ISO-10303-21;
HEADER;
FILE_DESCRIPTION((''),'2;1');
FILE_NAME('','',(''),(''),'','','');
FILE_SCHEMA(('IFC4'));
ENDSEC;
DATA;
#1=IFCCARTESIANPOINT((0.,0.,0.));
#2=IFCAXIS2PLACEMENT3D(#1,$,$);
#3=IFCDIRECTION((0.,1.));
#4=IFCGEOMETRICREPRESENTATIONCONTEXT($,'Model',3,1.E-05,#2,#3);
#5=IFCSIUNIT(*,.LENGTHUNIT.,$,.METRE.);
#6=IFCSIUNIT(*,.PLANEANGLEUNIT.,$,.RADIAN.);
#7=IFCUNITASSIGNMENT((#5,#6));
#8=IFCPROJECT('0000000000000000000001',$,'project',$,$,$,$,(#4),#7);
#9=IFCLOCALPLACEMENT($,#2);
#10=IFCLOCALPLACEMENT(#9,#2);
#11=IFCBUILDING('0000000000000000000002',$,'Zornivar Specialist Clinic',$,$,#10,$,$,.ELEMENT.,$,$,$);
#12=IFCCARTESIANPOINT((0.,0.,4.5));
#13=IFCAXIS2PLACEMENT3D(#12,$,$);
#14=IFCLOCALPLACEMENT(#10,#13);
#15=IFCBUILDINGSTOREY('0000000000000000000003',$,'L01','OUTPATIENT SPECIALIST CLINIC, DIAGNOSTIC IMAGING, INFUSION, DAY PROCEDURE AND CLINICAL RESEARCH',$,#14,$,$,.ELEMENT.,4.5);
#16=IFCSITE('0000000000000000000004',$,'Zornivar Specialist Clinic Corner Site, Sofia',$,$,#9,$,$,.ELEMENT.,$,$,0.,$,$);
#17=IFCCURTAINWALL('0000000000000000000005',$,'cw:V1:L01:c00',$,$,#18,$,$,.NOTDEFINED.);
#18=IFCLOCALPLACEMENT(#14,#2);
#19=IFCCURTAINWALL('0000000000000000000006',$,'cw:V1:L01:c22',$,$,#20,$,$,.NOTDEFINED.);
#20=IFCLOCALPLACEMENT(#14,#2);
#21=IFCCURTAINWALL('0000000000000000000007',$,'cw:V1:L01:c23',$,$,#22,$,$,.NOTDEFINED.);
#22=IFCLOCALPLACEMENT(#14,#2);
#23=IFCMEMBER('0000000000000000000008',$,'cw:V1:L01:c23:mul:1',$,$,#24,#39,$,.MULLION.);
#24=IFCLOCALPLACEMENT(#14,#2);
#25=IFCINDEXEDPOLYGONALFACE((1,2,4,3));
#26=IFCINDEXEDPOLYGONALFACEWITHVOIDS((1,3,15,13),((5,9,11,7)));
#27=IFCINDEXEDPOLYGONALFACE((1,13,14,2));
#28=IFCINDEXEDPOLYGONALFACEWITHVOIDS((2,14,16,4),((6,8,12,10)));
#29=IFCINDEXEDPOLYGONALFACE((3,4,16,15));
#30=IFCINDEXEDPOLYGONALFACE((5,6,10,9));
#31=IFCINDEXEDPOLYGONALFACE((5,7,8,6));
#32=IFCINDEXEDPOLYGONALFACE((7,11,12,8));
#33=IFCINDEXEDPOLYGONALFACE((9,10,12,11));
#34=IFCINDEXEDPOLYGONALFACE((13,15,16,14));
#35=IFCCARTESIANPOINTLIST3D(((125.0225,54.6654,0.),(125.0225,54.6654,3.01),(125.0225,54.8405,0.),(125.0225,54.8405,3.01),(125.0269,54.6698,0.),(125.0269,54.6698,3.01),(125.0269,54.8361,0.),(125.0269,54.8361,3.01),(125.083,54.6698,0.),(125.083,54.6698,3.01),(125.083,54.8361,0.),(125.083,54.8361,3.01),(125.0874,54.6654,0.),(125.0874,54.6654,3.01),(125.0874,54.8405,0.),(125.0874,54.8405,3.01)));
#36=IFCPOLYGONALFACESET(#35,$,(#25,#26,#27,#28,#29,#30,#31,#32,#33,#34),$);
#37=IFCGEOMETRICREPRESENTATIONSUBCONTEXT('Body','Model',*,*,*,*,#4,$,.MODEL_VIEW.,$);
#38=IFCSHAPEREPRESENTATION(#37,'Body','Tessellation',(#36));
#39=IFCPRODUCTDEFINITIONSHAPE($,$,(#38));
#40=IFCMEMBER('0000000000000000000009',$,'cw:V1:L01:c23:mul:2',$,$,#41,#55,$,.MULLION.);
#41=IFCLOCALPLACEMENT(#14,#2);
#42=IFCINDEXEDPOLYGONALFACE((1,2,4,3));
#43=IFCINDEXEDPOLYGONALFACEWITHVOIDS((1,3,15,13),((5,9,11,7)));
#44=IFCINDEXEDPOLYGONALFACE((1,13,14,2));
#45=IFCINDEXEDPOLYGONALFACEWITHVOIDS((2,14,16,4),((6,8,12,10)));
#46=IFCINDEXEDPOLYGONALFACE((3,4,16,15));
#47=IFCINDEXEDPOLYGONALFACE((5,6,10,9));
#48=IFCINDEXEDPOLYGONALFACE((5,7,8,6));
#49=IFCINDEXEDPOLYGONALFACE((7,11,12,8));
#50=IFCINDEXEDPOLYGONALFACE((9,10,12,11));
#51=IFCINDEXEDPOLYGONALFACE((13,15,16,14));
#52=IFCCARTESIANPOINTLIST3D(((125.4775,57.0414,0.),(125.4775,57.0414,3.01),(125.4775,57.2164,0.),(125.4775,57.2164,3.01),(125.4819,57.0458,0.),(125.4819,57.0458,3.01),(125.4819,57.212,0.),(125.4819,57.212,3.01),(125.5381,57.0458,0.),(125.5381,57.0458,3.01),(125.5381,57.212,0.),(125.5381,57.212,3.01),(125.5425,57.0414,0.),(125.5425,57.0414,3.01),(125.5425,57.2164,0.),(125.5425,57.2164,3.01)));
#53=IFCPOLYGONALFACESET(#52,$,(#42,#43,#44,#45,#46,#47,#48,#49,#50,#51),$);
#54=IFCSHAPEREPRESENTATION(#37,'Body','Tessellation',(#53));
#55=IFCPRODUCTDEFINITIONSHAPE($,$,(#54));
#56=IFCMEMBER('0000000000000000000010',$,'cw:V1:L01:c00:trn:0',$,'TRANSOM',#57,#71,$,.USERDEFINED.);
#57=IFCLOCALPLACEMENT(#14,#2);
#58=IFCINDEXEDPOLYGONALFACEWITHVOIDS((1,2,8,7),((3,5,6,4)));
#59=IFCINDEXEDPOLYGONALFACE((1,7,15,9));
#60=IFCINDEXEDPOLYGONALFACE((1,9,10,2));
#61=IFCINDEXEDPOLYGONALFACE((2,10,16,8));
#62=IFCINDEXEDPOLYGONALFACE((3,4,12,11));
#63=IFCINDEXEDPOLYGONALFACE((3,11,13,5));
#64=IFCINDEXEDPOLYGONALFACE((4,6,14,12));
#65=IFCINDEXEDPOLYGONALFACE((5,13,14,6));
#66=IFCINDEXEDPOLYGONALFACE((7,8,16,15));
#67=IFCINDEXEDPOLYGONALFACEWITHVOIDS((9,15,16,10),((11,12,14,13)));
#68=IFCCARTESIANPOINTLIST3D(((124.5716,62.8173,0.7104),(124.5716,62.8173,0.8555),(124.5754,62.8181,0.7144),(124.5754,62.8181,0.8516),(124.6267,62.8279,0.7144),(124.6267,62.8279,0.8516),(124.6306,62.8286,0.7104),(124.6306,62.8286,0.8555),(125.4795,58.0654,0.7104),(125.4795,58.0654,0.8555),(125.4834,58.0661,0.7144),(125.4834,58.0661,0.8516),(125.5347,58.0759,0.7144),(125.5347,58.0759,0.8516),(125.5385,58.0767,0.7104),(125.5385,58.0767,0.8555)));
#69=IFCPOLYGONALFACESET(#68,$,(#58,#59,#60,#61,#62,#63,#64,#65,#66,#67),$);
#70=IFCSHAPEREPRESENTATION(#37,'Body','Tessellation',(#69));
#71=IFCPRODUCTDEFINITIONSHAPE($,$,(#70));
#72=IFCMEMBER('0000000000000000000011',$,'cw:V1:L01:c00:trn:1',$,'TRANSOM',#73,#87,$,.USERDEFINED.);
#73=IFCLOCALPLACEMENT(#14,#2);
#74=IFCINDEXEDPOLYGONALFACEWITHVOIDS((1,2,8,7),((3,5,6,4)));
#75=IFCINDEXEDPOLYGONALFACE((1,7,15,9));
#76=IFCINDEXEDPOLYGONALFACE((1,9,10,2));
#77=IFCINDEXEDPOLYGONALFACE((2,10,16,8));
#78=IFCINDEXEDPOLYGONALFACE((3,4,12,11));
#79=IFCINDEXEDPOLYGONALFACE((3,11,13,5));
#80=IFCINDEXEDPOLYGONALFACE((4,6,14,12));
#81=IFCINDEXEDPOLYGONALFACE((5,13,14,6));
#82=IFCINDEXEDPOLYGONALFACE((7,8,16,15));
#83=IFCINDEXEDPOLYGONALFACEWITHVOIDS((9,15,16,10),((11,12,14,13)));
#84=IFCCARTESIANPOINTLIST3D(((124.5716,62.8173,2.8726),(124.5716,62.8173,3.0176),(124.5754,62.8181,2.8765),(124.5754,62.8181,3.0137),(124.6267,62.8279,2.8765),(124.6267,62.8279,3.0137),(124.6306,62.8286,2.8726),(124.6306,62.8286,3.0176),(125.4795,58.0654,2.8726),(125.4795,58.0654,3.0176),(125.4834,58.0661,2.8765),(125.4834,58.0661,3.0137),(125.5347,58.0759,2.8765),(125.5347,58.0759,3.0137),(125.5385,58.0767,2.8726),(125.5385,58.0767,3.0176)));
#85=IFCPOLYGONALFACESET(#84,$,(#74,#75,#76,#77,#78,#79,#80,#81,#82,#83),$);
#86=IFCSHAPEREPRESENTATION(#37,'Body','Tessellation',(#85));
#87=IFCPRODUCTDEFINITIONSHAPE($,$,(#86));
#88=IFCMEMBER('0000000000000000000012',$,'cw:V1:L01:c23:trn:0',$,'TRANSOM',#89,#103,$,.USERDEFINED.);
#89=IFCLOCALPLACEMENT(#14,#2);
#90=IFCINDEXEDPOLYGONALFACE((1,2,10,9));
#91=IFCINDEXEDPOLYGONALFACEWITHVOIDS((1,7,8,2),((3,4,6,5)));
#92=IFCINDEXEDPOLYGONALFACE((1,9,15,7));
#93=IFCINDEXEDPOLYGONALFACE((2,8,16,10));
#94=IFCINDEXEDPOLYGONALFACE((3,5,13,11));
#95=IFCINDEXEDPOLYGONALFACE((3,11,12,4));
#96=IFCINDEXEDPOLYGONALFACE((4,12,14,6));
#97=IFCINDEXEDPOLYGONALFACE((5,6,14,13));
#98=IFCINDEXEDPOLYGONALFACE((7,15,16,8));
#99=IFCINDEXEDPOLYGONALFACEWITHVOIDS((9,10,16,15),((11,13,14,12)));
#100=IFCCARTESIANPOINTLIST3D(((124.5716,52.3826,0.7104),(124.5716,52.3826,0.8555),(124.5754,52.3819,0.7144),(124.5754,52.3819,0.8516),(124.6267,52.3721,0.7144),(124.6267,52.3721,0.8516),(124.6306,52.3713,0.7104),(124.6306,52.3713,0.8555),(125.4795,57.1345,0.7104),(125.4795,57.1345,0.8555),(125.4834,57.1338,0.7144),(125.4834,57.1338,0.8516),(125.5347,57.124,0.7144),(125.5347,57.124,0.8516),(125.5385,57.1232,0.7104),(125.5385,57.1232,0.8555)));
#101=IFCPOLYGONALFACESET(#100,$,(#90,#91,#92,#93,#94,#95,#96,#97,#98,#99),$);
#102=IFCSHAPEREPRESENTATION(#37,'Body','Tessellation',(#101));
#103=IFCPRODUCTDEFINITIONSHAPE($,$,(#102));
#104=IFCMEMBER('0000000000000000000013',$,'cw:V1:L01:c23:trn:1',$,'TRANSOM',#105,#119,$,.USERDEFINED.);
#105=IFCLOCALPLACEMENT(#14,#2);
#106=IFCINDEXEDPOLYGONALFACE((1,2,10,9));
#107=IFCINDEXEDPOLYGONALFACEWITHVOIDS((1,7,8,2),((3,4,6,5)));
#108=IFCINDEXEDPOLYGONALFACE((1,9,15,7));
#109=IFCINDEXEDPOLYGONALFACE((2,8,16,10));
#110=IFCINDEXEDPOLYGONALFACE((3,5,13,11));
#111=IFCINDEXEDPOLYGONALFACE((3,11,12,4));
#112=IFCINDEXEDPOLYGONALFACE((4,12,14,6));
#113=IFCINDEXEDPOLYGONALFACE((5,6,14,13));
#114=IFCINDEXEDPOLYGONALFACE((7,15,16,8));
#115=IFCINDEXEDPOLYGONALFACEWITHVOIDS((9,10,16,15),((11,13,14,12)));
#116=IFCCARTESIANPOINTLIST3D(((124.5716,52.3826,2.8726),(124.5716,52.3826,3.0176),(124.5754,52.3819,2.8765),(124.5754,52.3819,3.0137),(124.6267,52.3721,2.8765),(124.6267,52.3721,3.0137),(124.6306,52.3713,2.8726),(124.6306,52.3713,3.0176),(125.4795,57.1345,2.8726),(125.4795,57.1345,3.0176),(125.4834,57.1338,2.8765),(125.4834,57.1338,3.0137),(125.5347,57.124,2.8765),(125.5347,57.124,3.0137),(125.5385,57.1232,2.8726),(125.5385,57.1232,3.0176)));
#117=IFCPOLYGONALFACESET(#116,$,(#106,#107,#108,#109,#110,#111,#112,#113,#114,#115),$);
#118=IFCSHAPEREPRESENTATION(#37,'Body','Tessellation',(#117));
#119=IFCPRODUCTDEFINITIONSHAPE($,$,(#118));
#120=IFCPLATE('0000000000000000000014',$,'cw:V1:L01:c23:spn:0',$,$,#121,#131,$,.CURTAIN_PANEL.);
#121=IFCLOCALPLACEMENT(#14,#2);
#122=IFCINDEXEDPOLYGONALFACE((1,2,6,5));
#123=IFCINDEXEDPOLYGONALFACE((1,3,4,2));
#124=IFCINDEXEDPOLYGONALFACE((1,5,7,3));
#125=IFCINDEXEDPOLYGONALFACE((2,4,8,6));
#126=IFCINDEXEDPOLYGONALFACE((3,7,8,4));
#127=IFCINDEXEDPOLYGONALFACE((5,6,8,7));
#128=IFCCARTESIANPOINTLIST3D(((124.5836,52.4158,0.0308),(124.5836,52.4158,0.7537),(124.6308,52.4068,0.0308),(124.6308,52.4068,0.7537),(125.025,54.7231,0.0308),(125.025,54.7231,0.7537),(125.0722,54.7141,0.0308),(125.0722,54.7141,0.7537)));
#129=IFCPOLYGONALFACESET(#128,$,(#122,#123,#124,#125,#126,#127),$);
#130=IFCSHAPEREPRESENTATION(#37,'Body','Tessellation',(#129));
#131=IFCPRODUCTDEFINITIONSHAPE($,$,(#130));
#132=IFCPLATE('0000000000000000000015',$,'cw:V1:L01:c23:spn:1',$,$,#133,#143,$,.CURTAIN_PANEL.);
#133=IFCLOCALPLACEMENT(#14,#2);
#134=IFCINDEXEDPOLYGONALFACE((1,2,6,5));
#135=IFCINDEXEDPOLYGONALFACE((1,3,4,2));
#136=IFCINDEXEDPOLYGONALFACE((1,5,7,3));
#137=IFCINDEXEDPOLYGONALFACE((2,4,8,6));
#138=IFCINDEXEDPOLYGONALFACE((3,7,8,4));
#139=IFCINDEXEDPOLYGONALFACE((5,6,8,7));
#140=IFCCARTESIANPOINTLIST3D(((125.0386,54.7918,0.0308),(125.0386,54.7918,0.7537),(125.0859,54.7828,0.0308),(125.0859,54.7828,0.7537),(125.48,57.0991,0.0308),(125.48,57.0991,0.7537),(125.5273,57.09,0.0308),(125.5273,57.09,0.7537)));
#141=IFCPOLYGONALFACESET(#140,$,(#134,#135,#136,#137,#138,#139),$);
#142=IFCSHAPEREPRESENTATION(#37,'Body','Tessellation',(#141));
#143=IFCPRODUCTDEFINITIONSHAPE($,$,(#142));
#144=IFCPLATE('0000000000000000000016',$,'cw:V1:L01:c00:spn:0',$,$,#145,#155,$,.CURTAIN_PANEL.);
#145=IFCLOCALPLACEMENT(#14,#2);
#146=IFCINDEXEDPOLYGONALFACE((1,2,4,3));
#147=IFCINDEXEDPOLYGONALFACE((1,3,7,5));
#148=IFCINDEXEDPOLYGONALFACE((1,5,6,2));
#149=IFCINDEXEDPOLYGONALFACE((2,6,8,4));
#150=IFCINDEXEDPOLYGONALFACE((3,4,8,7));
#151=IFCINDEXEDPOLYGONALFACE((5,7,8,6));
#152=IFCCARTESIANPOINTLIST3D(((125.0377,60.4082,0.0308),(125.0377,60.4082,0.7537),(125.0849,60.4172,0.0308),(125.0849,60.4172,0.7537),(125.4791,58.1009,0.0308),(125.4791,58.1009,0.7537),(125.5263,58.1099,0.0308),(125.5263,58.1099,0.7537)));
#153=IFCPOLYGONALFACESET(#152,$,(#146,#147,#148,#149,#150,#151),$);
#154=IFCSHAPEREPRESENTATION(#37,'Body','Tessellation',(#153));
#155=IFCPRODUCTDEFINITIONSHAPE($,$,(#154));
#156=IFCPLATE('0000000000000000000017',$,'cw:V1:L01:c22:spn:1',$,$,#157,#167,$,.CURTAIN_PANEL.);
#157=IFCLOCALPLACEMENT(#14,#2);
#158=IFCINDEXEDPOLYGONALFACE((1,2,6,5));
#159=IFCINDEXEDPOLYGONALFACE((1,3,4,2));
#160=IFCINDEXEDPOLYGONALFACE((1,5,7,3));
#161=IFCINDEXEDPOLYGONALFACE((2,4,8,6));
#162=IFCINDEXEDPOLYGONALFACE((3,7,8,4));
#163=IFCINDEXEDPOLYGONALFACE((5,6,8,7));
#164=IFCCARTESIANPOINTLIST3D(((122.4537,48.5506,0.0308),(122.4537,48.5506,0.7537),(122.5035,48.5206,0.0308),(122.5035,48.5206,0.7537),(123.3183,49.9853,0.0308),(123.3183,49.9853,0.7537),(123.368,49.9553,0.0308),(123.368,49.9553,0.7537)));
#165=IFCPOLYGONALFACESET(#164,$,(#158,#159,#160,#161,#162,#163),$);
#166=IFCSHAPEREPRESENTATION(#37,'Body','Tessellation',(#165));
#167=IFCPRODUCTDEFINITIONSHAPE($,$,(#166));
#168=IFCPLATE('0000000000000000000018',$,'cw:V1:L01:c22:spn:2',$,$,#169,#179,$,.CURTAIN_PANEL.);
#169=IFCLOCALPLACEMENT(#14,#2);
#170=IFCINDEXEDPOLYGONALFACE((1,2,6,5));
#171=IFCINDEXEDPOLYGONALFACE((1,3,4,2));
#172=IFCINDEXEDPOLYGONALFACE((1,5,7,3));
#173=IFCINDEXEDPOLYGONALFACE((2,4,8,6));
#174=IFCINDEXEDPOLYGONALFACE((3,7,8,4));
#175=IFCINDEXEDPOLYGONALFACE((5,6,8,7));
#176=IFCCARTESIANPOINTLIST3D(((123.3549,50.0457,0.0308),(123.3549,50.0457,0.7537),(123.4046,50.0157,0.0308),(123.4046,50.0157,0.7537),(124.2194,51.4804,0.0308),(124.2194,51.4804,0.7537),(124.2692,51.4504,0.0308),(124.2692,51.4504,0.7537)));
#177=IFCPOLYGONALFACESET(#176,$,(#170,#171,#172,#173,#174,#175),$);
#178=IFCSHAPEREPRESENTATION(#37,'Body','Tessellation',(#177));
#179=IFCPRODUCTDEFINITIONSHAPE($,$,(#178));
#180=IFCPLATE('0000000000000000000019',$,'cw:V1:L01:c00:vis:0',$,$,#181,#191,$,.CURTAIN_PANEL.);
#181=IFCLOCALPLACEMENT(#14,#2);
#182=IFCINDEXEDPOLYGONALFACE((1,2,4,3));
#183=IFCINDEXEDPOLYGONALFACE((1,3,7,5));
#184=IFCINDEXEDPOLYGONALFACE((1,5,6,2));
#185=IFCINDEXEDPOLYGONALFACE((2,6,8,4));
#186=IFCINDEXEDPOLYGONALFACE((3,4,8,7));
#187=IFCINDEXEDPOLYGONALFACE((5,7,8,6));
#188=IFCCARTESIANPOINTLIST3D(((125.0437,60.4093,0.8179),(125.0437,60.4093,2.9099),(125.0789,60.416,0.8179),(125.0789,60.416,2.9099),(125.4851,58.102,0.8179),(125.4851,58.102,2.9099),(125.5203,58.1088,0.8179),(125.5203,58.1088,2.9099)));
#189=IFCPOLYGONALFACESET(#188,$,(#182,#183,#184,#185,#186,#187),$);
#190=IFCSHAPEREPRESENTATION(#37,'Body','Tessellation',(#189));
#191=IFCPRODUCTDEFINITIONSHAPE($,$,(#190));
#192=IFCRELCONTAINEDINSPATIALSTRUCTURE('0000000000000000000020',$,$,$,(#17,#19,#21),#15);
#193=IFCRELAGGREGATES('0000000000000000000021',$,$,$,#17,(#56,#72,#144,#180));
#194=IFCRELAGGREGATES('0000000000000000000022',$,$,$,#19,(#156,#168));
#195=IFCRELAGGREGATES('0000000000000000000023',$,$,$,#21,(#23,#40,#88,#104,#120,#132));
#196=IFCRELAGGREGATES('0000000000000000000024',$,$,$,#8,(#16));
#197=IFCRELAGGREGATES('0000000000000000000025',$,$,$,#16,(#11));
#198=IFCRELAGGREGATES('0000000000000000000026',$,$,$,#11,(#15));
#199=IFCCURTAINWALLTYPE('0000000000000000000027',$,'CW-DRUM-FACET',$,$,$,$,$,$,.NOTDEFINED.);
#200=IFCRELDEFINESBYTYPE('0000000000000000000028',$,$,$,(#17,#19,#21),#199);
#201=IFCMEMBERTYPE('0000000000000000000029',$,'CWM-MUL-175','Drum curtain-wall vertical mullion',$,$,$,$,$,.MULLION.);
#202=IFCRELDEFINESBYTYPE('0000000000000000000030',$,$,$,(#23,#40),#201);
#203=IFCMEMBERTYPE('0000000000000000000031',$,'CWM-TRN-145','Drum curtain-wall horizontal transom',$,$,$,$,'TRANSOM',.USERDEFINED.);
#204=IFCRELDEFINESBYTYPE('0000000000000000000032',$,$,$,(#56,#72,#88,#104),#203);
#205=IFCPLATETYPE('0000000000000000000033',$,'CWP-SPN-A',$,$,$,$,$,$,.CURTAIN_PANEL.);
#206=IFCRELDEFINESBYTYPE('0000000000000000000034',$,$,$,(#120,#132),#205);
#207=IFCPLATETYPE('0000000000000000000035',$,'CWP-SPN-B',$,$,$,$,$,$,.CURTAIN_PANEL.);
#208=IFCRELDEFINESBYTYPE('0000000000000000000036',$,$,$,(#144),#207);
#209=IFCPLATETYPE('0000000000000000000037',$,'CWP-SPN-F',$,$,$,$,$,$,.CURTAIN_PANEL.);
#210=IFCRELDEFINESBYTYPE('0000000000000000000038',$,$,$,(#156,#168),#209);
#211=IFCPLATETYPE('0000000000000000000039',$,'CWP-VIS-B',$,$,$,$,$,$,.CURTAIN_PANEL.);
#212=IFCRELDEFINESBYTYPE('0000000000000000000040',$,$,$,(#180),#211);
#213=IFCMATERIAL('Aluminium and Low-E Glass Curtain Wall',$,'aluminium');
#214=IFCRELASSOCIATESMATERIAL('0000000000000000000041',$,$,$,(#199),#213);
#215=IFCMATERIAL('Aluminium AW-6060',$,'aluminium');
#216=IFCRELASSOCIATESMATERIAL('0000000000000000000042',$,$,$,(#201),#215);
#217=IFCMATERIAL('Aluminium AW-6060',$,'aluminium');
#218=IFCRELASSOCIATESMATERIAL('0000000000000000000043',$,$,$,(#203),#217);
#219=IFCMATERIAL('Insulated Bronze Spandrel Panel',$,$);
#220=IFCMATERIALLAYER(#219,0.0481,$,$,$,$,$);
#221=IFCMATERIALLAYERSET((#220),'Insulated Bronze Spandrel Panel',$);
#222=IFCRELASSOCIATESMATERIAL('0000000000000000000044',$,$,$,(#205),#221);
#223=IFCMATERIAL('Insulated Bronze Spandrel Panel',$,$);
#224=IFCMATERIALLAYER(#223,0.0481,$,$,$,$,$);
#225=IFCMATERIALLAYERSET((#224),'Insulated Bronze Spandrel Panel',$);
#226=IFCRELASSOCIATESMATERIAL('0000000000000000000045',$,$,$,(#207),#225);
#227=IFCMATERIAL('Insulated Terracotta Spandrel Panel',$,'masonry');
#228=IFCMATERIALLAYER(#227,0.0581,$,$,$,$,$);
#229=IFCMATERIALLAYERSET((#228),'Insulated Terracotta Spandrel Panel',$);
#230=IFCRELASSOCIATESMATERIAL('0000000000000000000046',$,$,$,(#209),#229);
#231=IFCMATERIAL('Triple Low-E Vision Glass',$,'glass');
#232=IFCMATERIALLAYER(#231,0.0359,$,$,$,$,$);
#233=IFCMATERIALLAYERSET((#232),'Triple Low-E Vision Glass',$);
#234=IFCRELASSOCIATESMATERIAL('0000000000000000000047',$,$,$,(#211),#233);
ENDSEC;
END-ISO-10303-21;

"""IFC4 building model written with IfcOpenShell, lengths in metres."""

from ifc_helpers import new_model, si_unit, direction, frame, origin, origin_2d, place, context, subcontext, project, spatial, rectangle, hollow_rectangle, extrude, material, layer, layer_set, material_profile, profile_set, type_object, element, aggregate, save


model = new_model("IFC4")

# Units and contexts
model_context = context("Model", 3, precision=1e-05, world=origin(), true_north=direction((0.0, 1.0)))
body_context = subcontext(model_context, "Body", "Model", "MODEL_VIEW")
ifc_project = project(units=[si_unit("LENGTHUNIT", "METRE"), si_unit("PLANEANGLEUNIT", "RADIAN")], contexts=[model_context])

# Site, building, storey
site_placement = place(None, origin())
site = spatial("IfcSite", under=ifc_project, at=site_placement, Name="Zornivar Specialist Clinic Corner Site, Sofia", CompositionType="ELEMENT", RefElevation=0.0)
building_placement = place(site_placement, origin())
building = spatial("IfcBuilding", under=site, at=building_placement, Name="Zornivar Specialist Clinic", CompositionType="ELEMENT")
storey_placement = place(building_placement, frame((0.0, 0.0, 4.5)))
storey = spatial("IfcBuildingStorey", under=building, at=storey_placement, Name="L01", Description="OUTPATIENT SPECIALIST CLINIC, DIAGNOSTIC IMAGING, INFUSION, DAY PROCEDURE AND CLINICAL RESEARCH", CompositionType="ELEMENT", Elevation=4.5)

# Curtain walls, members
ifc_material_1 = material(Name="Aluminium and Low-E Glass Curtain Wall", Category="aluminium")
curtain_wall_type = type_object("IfcCurtainWallType", Name="CW-DRUM-FACET", PredefinedType="NOTDEFINED", material=ifc_material_1)
curtain_wall_1_placement = place(storey_placement, origin())
curtain_wall_1 = element("IfcCurtainWall", 1, at=curtain_wall_1_placement, inside=storey, type_object=curtain_wall_type, Name="cw:V1:L01:c00", PredefinedType="NOTDEFINED")
ifc_material_2 = material(Name="Aluminium AW-6060", Category="aluminium")
ifc_material_profile_1 = material_profile(ifc_material_2, hollow_rectangle(XDim=0.0649, YDim=0.175, WallThickness=0.0044, at=origin_2d()), Name="ALU 65x175x4.5")
ifc_profile_set_1 = profile_set([ifc_material_profile_1], Name="Aluminium AW-6060")
member_type_1 = type_object("IfcMemberType", Name="CWM-MUL-175", Description="Drum curtain-wall vertical mullion", PredefinedType="MULLION", material=ifc_profile_set_1)
curtain_wall_2_placement = place(storey_placement, origin())
curtain_wall_2 = element("IfcCurtainWall", 2, at=curtain_wall_2_placement, inside=storey, type_object=curtain_wall_type, Name="cw:V1:L01:c22", PredefinedType="NOTDEFINED")
curtain_wall_3_placement = place(storey_placement, origin())
curtain_wall_3 = element("IfcCurtainWall", 3, at=curtain_wall_3_placement, inside=storey, type_object=curtain_wall_type, Name="cw:V1:L01:c23", PredefinedType="NOTDEFINED")
member_1_placement = place(storey_placement, frame((125.0549, 54.7529, 0.0), z_axis=(0.0, 0.0, 1.0), x_axis=(1.0, 0.0, 0.0)))
member_1 = element("IfcMember", 4, at=member_1_placement, type_object=member_type_1, Name="cw:V1:L01:c23:mul:1", PredefinedType="MULLION", context=body_context, shape_type="SweptSolid", body=[
    extrude(hollow_rectangle(XDim=0.0649, YDim=0.175, WallThickness=0.0044, at=origin_2d()), origin(), (0.0, 0.0, 1.0), 3.01),
])
member_2_placement = place(storey_placement, frame((125.51, 57.1289, 0.0), z_axis=(0.0, 0.0, 1.0), x_axis=(1.0, 0.0, 0.0)))
member_2 = element("IfcMember", 5, at=member_2_placement, type_object=member_type_1, Name="cw:V1:L01:c23:mul:2", PredefinedType="MULLION", context=body_context, shape_type="SweptSolid", body=[
    extrude(hollow_rectangle(XDim=0.0649, YDim=0.175, WallThickness=0.0044, at=origin_2d()), origin(), (0.0, 0.0, 1.0), 3.01),
])

# Members
ifc_material_3 = material(Name="Aluminium AW-6060", Category="aluminium")
ifc_material_profile_2 = material_profile(ifc_material_3, hollow_rectangle(XDim=0.0601, YDim=0.145, WallThickness=0.0039, at=origin_2d()), Name="ALU 60x145x4")
ifc_profile_set_2 = profile_set([ifc_material_profile_2], Name="Aluminium AW-6060")
member_type_2 = type_object("IfcMemberType", Name="CWM-TRN-145", Description="Drum curtain-wall horizontal transom", ElementType="TRANSOM", PredefinedType="USERDEFINED", material=ifc_profile_set_2)
member_3_placement = place(storey_placement, frame((125.509, 58.071, 0.783), z_axis=(-0.187676, 0.982231, 0.0), x_axis=(-0.982231, -0.187676, 0.0)))
member_3 = element("IfcMember", 6, at=member_3_placement, type_object=member_type_2, Name="cw:V1:L01:c00:trn:0", ObjectType="TRANSOM", PredefinedType="USERDEFINED", context=body_context, shape_type="SweptSolid", body=[
    extrude(hollow_rectangle(XDim=0.0601, YDim=0.145, WallThickness=0.0039, at=origin_2d()), origin(), (0.0, 0.0, 1.0), 4.8379),
])
member_4_placement = place(storey_placement, frame((125.509, 58.071, 2.9451), z_axis=(-0.187676, 0.982231, 0.0), x_axis=(-0.982231, -0.187676, 0.0)))
member_4 = element("IfcMember", 7, at=member_4_placement, type_object=member_type_2, Name="cw:V1:L01:c00:trn:1", ObjectType="TRANSOM", PredefinedType="USERDEFINED", context=body_context, shape_type="SweptSolid", body=[
    extrude(hollow_rectangle(XDim=0.0601, YDim=0.145, WallThickness=0.0039, at=origin_2d()), origin(), (0.0, 0.0, 1.0), 4.8379),
])
member_5_placement = place(storey_placement, frame((124.6011, 52.377, 0.783), z_axis=(0.187676, 0.982231, 0.0), x_axis=(-0.982231, 0.187676, 0.0)))
member_5 = element("IfcMember", 8, at=member_5_placement, type_object=member_type_2, Name="cw:V1:L01:c23:trn:0", ObjectType="TRANSOM", PredefinedType="USERDEFINED", context=body_context, shape_type="SweptSolid", body=[
    extrude(hollow_rectangle(XDim=0.0601, YDim=0.145, WallThickness=0.0039, at=origin_2d()), origin(), (0.0, 0.0, 1.0), 4.8379),
])
member_6_placement = place(storey_placement, frame((124.6011, 52.377, 2.9451), z_axis=(0.187676, 0.982231, 0.0), x_axis=(-0.982231, 0.187676, 0.0)))
member_6 = element("IfcMember", 9, at=member_6_placement, type_object=member_type_2, Name="cw:V1:L01:c23:trn:1", ObjectType="TRANSOM", PredefinedType="USERDEFINED", context=body_context, shape_type="SweptSolid", body=[
    extrude(hollow_rectangle(XDim=0.0601, YDim=0.145, WallThickness=0.0039, at=origin_2d()), origin(), (0.0, 0.0, 1.0), 4.8379),
])

# Plates
ifc_material_4 = material(Name="Insulated Bronze Spandrel Panel")
ifc_layer_1 = layer(ifc_material_4, 0.0481)
ifc_layer_set_1 = layer_set([ifc_layer_1], Name="Insulated Bronze Spandrel Panel")
plate_type_1 = type_object("IfcPlateType", Name="CWP-SPN-A", PredefinedType="CURTAIN_PANEL", material=ifc_layer_set_1)
plate_1_placement = place(storey_placement, frame((124.8279, 53.5649, 0.0308), z_axis=(0.0, 0.0, 1.0), x_axis=(0.187897, 0.982189, 0.0)))
plate_1 = element("IfcPlate", 10, at=plate_1_placement, type_object=plate_type_1, Name="cw:V1:L01:c23:spn:0", PredefinedType="CURTAIN_PANEL", context=body_context, shape_type="SweptSolid", body=[
    extrude(rectangle(XDim=2.3491, YDim=0.0481, at=origin_2d()), origin(), (0.0, 0.0, 1.0), 0.7229),
])
plate_2_placement = place(storey_placement, frame((125.283, 55.9409, 0.0308), z_axis=(0.0, 0.0, 1.0), x_axis=(0.187897, 0.982189, 0.0)))
plate_2 = element("IfcPlate", 11, at=plate_2_placement, type_object=plate_type_1, Name="cw:V1:L01:c23:spn:1", PredefinedType="CURTAIN_PANEL", context=body_context, shape_type="SweptSolid", body=[
    extrude(rectangle(XDim=2.3491, YDim=0.0481, at=origin_2d()), origin(), (0.0, 0.0, 1.0), 0.7229),
])
ifc_material_5 = material(Name="Insulated Bronze Spandrel Panel")
ifc_layer_2 = layer(ifc_material_5, 0.0481)
ifc_layer_set_2 = layer_set([ifc_layer_2], Name="Insulated Bronze Spandrel Panel")
plate_type_2 = type_object("IfcPlateType", Name="CWP-SPN-B", PredefinedType="CURTAIN_PANEL", material=ifc_layer_set_2)
plate_3_placement = place(storey_placement, frame((125.282, 59.259, 0.0308), z_axis=(0.0, 0.0, 1.0), x_axis=(-0.187897, 0.982189, 0.0)))
plate_3 = element("IfcPlate", 12, at=plate_3_placement, type_object=plate_type_2, Name="cw:V1:L01:c00:spn:0", PredefinedType="CURTAIN_PANEL", context=body_context, shape_type="SweptSolid", body=[
    extrude(rectangle(XDim=2.3491, YDim=0.0481, at=origin_2d()), origin(), (0.0, 0.0, 1.0), 0.7229),
])
ifc_material_6 = material(Name="Insulated Terracotta Spandrel Panel", Category="masonry")
ifc_layer_3 = layer(ifc_material_6, 0.0581)
ifc_layer_set_3 = layer_set([ifc_layer_3], Name="Insulated Terracotta Spandrel Panel")
plate_type_3 = type_object("IfcPlateType", Name="CWP-SPN-F", PredefinedType="CURTAIN_PANEL", material=ifc_layer_set_3)
plate_4_placement = place(storey_placement, frame((122.9109, 49.2529, 0.0308), z_axis=(0.0, 0.0, 1.0), x_axis=(0.516127, 0.856512, 0.0)))
plate_4 = element("IfcPlate", 13, at=plate_4_placement, type_object=plate_type_3, Name="cw:V1:L01:c22:spn:1", PredefinedType="CURTAIN_PANEL", context=body_context, shape_type="SweptSolid", body=[
    extrude(rectangle(XDim=1.675, YDim=0.0581, at=origin_2d()), origin(), (0.0, 0.0, 1.0), 0.7229),
])
plate_5_placement = place(storey_placement, frame((123.812, 50.748, 0.0308), z_axis=(0.0, 0.0, 1.0), x_axis=(0.516127, 0.856512, 0.0)))
plate_5 = element("IfcPlate", 14, at=plate_5_placement, type_object=plate_type_3, Name="cw:V1:L01:c22:spn:2", PredefinedType="CURTAIN_PANEL", context=body_context, shape_type="SweptSolid", body=[
    extrude(rectangle(XDim=1.675, YDim=0.0581, at=origin_2d()), origin(), (0.0, 0.0, 1.0), 0.7229),
])
ifc_material_7 = material(Name="Triple Low-E Vision Glass", Category="glass")
ifc_layer_4 = layer(ifc_material_7, 0.0359)
ifc_layer_set_4 = layer_set([ifc_layer_4], Name="Triple Low-E Vision Glass")
plate_type_4 = type_object("IfcPlateType", Name="CWP-VIS-B", PredefinedType="CURTAIN_PANEL", material=ifc_layer_set_4)
plate_6_placement = place(storey_placement, frame((125.282, 59.259, 0.8179), z_axis=(0.0, 0.0, 1.0), x_axis=(-0.187897, 0.982189, 0.0)))
plate_6 = element("IfcPlate", 15, at=plate_6_placement, type_object=plate_type_4, Name="cw:V1:L01:c00:vis:0", PredefinedType="CURTAIN_PANEL", context=body_context, shape_type="SweptSolid", body=[
    extrude(rectangle(XDim=2.3491, YDim=0.0359, at=origin_2d()), origin(), (0.0, 0.0, 1.0), 2.092),
])
aggregate(curtain_wall_1, [member_3, member_4, plate_3, plate_6])
aggregate(curtain_wall_2, [plate_4, plate_5])
aggregate(curtain_wall_3, [member_1, member_2, member_5, member_6, plate_1, plate_2])

save(model, "model.ifc")
